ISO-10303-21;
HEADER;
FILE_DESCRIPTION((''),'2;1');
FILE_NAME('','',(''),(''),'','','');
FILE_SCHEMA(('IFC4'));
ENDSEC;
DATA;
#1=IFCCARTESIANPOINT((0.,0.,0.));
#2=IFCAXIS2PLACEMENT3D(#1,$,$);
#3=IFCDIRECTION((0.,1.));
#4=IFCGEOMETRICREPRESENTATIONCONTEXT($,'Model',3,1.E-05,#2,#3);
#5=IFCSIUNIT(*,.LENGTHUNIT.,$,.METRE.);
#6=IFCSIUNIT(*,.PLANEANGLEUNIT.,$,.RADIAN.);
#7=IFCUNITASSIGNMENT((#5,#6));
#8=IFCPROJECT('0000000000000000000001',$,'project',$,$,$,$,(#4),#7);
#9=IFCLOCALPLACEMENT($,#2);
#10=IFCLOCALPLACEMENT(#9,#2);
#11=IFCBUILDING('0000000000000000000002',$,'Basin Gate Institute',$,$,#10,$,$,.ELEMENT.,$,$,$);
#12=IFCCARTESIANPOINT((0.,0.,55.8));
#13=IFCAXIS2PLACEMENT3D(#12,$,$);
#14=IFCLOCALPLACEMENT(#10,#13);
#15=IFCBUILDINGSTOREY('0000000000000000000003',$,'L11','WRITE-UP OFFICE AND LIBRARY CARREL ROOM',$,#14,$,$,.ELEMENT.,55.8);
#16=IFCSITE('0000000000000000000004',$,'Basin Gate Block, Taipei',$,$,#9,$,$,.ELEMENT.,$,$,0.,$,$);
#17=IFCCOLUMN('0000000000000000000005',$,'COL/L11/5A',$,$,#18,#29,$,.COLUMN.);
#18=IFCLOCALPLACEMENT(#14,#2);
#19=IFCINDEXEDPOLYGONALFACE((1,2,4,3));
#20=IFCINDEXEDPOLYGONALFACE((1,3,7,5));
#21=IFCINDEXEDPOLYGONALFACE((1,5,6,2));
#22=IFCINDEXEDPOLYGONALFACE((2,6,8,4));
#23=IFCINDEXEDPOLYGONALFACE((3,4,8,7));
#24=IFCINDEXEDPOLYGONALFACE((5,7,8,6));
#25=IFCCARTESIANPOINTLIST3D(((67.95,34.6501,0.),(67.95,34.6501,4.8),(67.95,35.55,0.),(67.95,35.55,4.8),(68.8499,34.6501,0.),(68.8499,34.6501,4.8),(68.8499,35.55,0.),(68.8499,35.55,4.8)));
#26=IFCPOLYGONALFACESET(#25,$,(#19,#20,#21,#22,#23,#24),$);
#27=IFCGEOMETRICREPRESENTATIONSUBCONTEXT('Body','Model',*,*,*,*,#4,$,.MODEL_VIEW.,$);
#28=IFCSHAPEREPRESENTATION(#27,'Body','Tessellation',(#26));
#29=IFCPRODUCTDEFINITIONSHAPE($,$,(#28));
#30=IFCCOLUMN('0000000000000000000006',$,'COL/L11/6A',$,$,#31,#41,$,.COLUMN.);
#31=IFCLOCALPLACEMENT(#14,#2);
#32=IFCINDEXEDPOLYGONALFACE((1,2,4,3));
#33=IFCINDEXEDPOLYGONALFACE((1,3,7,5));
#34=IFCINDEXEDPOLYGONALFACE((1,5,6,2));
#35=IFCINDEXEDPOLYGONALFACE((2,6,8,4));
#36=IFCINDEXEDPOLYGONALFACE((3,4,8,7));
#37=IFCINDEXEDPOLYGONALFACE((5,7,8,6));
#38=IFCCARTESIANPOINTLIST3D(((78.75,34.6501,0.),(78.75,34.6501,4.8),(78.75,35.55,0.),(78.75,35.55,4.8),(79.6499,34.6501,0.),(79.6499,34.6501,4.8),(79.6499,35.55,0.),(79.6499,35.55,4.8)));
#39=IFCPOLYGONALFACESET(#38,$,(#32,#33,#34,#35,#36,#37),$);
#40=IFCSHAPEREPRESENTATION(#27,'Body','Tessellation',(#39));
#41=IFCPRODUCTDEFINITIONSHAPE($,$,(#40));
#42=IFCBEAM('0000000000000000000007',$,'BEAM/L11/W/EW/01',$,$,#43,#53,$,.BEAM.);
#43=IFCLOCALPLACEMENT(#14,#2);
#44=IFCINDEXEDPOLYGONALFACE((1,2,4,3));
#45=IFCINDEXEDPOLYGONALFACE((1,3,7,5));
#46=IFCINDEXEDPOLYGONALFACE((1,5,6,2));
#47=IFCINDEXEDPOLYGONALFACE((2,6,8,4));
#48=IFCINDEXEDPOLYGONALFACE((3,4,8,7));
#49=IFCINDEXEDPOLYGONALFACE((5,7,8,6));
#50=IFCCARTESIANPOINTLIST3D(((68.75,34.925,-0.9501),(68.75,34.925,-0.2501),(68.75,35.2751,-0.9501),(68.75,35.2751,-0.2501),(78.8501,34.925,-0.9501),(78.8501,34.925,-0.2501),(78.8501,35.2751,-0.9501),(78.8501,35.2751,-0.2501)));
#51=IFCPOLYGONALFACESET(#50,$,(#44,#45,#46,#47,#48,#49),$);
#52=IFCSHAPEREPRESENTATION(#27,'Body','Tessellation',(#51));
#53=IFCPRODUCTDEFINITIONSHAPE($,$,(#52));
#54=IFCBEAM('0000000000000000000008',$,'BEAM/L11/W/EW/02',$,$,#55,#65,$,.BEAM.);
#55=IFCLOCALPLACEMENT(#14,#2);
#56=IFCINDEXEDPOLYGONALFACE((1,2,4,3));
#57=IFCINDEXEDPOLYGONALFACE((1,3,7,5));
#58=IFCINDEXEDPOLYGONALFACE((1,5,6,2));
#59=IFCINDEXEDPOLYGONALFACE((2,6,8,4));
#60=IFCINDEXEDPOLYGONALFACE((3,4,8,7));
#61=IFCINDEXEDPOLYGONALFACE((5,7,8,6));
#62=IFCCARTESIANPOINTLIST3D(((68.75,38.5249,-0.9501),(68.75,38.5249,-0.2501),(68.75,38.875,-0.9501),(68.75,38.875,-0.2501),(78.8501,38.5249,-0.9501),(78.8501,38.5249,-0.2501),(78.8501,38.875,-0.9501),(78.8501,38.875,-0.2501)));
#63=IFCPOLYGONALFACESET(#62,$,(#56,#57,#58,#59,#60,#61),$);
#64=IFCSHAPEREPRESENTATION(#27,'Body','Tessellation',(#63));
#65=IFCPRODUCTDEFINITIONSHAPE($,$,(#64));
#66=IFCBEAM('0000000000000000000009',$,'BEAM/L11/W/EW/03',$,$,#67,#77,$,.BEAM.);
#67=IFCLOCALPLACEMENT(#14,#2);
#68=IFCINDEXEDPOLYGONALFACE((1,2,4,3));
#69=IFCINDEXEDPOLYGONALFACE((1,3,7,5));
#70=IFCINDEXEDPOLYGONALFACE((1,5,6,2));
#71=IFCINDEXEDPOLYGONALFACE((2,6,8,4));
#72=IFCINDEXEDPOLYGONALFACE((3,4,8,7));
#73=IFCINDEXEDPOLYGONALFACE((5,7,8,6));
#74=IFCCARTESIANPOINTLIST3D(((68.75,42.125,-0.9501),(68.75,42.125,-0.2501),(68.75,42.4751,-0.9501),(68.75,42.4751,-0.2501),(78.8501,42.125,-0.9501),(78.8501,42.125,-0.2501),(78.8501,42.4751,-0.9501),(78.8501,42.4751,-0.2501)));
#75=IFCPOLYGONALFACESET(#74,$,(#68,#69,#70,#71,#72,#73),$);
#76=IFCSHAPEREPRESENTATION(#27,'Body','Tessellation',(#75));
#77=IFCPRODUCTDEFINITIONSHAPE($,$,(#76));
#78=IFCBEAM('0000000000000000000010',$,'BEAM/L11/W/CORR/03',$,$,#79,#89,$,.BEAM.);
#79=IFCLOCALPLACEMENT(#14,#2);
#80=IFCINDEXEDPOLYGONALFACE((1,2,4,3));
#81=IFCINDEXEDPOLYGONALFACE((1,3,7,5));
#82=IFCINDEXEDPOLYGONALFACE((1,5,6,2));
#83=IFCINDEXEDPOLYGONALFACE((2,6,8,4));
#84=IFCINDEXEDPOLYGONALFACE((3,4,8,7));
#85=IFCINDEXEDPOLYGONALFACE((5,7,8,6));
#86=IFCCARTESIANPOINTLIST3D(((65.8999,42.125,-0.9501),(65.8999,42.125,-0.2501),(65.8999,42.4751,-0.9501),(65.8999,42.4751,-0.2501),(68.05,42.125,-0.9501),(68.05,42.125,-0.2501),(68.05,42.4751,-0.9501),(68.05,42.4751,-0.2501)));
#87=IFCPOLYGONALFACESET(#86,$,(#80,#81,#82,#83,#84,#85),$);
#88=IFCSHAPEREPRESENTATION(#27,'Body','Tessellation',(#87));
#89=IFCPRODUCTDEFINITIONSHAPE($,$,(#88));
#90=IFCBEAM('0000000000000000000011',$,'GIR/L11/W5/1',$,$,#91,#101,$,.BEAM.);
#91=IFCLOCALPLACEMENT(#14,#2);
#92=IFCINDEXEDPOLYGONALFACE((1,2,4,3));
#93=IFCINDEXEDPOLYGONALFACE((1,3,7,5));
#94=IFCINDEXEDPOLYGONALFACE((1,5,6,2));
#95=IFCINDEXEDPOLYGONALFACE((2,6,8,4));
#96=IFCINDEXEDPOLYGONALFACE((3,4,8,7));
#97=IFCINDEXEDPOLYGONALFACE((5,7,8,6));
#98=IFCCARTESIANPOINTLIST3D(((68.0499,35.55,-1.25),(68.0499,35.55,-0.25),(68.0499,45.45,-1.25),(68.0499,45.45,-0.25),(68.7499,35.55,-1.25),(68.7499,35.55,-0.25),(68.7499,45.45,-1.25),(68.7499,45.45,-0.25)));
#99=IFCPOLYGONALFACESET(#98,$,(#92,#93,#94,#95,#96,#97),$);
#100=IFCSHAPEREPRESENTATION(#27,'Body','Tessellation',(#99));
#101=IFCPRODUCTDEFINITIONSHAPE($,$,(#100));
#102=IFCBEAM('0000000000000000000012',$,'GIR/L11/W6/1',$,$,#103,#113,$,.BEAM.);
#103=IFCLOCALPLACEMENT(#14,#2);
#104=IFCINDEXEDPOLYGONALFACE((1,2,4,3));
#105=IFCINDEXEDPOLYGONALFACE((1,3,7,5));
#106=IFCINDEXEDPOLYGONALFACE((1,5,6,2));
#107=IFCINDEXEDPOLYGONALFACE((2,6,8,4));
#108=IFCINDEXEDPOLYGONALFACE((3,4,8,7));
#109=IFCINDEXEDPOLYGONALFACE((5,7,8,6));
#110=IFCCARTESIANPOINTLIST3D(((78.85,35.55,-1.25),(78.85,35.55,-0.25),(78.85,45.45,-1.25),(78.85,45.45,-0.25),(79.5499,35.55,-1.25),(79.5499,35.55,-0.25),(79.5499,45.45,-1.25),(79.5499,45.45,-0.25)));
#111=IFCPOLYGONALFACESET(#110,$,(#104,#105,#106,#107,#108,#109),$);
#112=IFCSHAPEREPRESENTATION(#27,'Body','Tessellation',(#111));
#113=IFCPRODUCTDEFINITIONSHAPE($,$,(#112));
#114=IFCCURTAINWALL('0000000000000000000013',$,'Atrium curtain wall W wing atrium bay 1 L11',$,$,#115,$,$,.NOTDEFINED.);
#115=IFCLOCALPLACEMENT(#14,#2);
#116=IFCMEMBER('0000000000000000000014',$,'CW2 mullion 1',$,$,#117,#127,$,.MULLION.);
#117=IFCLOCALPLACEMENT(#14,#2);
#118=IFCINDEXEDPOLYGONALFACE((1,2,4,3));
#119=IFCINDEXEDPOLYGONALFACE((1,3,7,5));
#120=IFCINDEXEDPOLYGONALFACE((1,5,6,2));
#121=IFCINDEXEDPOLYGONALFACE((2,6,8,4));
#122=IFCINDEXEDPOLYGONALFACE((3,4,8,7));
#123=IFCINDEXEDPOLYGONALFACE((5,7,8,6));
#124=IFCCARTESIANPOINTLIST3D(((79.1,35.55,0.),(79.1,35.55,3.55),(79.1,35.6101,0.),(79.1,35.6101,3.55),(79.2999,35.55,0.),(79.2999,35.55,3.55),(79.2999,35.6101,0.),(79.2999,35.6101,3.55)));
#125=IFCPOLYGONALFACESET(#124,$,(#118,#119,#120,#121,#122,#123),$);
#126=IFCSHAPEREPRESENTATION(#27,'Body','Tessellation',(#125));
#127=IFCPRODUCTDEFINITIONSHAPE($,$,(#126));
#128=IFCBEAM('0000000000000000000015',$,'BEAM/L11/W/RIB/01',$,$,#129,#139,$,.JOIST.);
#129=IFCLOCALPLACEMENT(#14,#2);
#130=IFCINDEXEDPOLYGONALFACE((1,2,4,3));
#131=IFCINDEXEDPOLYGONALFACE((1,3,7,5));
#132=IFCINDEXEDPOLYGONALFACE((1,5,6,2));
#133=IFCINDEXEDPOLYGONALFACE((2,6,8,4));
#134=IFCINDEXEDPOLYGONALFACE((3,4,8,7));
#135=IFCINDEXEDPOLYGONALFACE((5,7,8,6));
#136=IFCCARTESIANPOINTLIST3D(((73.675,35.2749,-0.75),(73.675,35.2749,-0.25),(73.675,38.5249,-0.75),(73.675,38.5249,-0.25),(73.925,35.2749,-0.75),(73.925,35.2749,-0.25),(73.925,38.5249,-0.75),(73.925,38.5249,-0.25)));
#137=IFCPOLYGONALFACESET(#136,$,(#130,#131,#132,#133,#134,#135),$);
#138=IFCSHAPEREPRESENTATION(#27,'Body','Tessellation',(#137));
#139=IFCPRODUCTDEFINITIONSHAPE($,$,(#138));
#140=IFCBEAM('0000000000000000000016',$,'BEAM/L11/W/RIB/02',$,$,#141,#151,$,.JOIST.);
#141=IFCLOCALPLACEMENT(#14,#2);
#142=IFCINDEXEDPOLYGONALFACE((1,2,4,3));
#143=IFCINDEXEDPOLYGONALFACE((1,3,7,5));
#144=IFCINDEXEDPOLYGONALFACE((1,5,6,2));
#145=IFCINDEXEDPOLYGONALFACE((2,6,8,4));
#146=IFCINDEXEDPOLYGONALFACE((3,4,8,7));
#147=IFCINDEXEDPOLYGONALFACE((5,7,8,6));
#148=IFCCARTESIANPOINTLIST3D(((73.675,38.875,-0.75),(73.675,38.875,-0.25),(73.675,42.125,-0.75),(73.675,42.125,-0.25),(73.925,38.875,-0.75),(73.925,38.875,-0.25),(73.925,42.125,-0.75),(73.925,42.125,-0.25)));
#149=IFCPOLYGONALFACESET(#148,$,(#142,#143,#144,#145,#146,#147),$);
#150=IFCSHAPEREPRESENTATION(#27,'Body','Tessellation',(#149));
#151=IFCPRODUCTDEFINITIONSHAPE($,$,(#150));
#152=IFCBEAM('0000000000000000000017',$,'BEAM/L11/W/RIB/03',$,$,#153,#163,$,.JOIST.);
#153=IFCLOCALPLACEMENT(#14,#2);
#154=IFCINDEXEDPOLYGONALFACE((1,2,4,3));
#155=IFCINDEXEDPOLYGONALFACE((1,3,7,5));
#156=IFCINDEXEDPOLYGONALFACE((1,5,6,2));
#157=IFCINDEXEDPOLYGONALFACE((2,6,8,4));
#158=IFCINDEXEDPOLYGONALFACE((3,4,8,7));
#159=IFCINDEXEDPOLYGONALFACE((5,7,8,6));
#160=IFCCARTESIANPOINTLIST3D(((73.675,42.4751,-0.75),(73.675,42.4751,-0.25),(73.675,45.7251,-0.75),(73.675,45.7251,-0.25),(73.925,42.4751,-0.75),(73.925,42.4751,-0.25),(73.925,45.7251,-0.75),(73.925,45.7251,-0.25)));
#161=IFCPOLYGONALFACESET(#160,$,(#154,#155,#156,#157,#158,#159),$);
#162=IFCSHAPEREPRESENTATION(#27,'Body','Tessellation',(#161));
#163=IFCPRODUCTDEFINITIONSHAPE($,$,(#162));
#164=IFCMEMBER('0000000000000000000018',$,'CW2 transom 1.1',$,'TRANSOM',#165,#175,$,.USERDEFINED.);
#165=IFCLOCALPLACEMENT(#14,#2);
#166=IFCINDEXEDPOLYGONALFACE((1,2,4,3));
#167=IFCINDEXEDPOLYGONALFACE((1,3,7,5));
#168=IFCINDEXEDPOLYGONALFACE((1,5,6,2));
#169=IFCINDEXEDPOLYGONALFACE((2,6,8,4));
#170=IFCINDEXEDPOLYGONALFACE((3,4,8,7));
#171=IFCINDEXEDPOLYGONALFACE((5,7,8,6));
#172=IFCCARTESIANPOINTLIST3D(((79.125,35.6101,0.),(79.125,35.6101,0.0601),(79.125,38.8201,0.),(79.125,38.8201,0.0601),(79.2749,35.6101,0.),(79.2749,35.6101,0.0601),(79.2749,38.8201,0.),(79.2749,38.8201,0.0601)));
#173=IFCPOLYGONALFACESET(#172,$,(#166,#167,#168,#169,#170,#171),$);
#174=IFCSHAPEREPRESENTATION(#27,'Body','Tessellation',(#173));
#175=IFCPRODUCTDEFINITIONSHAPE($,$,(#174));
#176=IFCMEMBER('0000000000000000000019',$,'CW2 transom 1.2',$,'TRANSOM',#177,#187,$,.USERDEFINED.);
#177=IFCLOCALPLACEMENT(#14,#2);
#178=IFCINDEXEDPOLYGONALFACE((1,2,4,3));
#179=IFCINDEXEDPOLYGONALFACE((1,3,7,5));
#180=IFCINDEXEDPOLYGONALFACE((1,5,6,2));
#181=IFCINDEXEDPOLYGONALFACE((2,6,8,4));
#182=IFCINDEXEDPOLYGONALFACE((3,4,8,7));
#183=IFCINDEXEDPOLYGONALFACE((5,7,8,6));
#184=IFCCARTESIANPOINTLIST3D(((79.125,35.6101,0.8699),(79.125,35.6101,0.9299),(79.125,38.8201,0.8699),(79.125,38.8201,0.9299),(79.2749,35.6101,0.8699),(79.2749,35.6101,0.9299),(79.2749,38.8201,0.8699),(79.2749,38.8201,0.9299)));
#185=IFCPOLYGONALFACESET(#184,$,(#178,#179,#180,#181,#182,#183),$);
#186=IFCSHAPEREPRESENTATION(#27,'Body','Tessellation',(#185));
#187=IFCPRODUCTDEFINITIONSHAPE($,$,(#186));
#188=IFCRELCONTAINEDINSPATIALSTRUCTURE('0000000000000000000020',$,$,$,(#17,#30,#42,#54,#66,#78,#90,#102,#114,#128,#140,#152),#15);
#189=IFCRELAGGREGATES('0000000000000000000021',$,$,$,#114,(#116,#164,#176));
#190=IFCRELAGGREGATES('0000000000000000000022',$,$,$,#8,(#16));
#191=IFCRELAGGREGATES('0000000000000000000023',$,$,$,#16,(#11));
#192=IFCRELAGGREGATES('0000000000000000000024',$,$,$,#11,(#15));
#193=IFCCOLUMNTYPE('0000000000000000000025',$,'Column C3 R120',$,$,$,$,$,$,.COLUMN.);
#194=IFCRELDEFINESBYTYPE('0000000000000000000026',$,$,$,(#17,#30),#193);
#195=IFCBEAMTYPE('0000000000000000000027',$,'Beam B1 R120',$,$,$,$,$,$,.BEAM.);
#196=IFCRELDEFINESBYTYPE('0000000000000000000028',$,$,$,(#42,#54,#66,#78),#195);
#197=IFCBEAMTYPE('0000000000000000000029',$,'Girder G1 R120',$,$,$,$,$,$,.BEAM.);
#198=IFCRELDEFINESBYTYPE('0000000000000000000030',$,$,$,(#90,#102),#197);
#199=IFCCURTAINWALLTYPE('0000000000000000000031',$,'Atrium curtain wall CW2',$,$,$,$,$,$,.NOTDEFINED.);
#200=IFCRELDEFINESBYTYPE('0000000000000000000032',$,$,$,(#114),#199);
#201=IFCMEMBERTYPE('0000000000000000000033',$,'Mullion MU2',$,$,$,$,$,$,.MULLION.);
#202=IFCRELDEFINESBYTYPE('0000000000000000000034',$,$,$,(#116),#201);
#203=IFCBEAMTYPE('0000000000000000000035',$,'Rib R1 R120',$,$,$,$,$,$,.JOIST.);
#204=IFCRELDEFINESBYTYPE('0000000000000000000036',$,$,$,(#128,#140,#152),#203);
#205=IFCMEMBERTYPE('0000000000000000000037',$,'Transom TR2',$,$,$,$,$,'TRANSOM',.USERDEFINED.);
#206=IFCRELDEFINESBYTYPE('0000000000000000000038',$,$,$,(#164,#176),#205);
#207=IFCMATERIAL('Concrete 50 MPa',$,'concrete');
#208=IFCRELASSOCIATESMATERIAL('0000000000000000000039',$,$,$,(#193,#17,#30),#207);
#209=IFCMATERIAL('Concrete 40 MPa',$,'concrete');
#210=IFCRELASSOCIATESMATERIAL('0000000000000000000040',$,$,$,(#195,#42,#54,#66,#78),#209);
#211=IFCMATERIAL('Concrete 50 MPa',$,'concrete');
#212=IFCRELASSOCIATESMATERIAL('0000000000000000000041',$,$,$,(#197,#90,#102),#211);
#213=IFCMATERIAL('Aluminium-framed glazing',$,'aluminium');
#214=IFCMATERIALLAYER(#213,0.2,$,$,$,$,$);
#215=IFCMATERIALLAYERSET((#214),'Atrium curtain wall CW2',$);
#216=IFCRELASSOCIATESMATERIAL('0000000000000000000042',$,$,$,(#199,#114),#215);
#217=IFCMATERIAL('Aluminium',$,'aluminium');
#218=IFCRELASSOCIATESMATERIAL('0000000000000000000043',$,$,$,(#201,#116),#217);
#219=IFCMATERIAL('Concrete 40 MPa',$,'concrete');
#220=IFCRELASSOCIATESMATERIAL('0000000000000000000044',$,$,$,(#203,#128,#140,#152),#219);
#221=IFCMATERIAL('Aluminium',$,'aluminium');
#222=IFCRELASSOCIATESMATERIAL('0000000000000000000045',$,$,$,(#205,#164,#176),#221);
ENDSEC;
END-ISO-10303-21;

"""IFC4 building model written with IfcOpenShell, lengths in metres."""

from ifc_helpers import new_model, si_unit, direction, frame, origin, origin_2d, place, context, subcontext, project, spatial, rectangle, extrude, material, layer, layer_set, material_profile, profile_set, type_object, element, aggregate, save


model = new_model("IFC4")

# Units and contexts
model_context = context("Model", 3, precision=1e-05, world=origin(), true_north=direction((0.0, 1.0)))
body_context = subcontext(model_context, "Body", "Model", "MODEL_VIEW")
ifc_project = project(units=[si_unit("LENGTHUNIT", "METRE"), si_unit("PLANEANGLEUNIT", "RADIAN")], contexts=[model_context])

# Site, building, storey
site_placement = place(None, origin())
site = spatial("IfcSite", under=ifc_project, at=site_placement, Name="Basin Gate Block, Taipei", CompositionType="ELEMENT", RefElevation=0.0)
building_placement = place(site_placement, origin())
building = spatial("IfcBuilding", under=site, at=building_placement, Name="Basin Gate Institute", CompositionType="ELEMENT")
storey_placement = place(building_placement, frame((0.0, 0.0, 55.8)))
storey = spatial("IfcBuildingStorey", under=building, at=storey_placement, Name="L11", Description="WRITE-UP OFFICE AND LIBRARY CARREL ROOM", CompositionType="ELEMENT", Elevation=55.8)

# Columns
ifc_material_1 = material(Name="Concrete 50 MPa", Category="concrete")
ifc_material_profile_1 = material_profile(ifc_material_1, rectangle(XDim=0.8999, YDim=0.8999, at=origin_2d()), Name="Column C3 900 x 900")
ifc_profile_set_1 = profile_set([ifc_material_profile_1], Name="Concrete 50 MPa")
column_type = type_object("IfcColumnType", Name="Column C3 R120", PredefinedType="COLUMN", material=ifc_profile_set_1)
for number, where, z_axis, x_axis, name in (
    (1, (68.3999, 35.1001, 0.0), (0.0, 0.0, 1.0), (1.0, 0.0, 0.0), "COL/L11/5A"),
    (2, (79.2, 35.1001, 0.0), (0.0, 0.0, 1.0), (1.0, 0.0, 0.0), "COL/L11/6A"),
):
    element("IfcColumn", number, at=place(storey_placement, frame(where, z_axis=z_axis, x_axis=x_axis)), inside=storey, type_object=column_type, material=ifc_profile_set_1, Name=name, PredefinedType="COLUMN", context=body_context, shape_type="SweptSolid", body=[
        extrude(rectangle(XDim=0.8999, YDim=0.8999, at=origin_2d()), origin(), (0.0, 0.0, 1.0), 4.8),
    ])

# Beams
ifc_material_2 = material(Name="Concrete 40 MPa", Category="concrete")
ifc_material_profile_2 = material_profile(ifc_material_2, rectangle(XDim=0.3501, YDim=0.7, at=origin_2d()), Name="Beam B1 350 x 700")
ifc_profile_set_2 = profile_set([ifc_material_profile_2], Name="Concrete 40 MPa")
beam_type_1 = type_object("IfcBeamType", Name="Beam B1 R120", PredefinedType="BEAM", material=ifc_profile_set_2)
for number, where, z_axis, x_axis, name in (
    (3, (68.75, 35.1001, -0.6001), (1.0, 0.0, 0.0), (0.0, 1.0, 0.0), "BEAM/L11/W/EW/01"),
    (4, (68.75, 38.7, -0.6001), (1.0, 0.0, 0.0), (0.0, 1.0, 0.0), "BEAM/L11/W/EW/02"),
    (5, (68.75, 42.3, -0.6001), (1.0, 0.0, 0.0), (0.0, 1.0, 0.0), "BEAM/L11/W/EW/03"),
):
    element("IfcBeam", number, at=place(storey_placement, frame(where, z_axis=z_axis, x_axis=x_axis)), inside=storey, type_object=beam_type_1, material=ifc_profile_set_2, Name=name, PredefinedType="BEAM", context=body_context, shape_type="SweptSolid", body=[
        extrude(rectangle(XDim=0.3501, YDim=0.7, at=origin_2d()), origin(), (0.0, 0.0, 1.0), 10.1001),
    ])
beam_placement = place(storey_placement, frame((65.8999, 42.3, -0.6001), z_axis=(1.0, 0.0, 0.0), x_axis=(0.0, 1.0, 0.0)))
element("IfcBeam", 6, at=beam_placement, inside=storey, type_object=beam_type_1, material=ifc_profile_set_2, Name="BEAM/L11/W/CORR/03", PredefinedType="BEAM", context=body_context, shape_type="SweptSolid", body=[
    extrude(rectangle(XDim=0.3501, YDim=0.7, at=origin_2d()), origin(), (0.0, 0.0, 1.0), 2.1501),
])
ifc_material_3 = material(Name="Concrete 50 MPa", Category="concrete")
ifc_material_profile_3 = material_profile(ifc_material_3, rectangle(XDim=0.7, YDim=1.0, at=origin_2d()), Name="Girder G1 700 x 1000")
ifc_profile_set_3 = profile_set([ifc_material_profile_3], Name="Concrete 50 MPa")
beam_type_2 = type_object("IfcBeamType", Name="Girder G1 R120", PredefinedType="BEAM", material=ifc_profile_set_3)
for number, where, z_axis, x_axis, name in (
    (7, (68.3999, 35.55, -0.75), (0.0, 1.0, 0.0), (-1.0, 0.0, 0.0), "GIR/L11/W5/1"),
    (8, (79.2, 35.55, -0.75), (0.0, 1.0, 0.0), (-1.0, 0.0, 0.0), "GIR/L11/W6/1"),
):
    element("IfcBeam", number, at=place(storey_placement, frame(where, z_axis=z_axis, x_axis=x_axis)), inside=storey, type_object=beam_type_2, material=ifc_profile_set_3, Name=name, PredefinedType="BEAM", context=body_context, shape_type="SweptSolid", body=[
        extrude(rectangle(XDim=0.7, YDim=1.0, at=origin_2d()), origin(), (0.0, 0.0, 1.0), 9.8999),
    ])

# Curtain wall, member
ifc_material_4 = material(Name="Aluminium-framed glazing", Category="aluminium")
ifc_layer_1 = layer(ifc_material_4, 0.2)
ifc_layer_set_1 = layer_set([ifc_layer_1], Name="Atrium curtain wall CW2")
curtain_wall_type = type_object("IfcCurtainWallType", Name="Atrium curtain wall CW2", PredefinedType="NOTDEFINED", material=ifc_layer_set_1)
curtain_wall_placement = place(storey_placement, origin())
curtain_wall = element("IfcCurtainWall", 9, at=curtain_wall_placement, inside=storey, type_object=curtain_wall_type, material=ifc_layer_set_1, Name="Atrium curtain wall W wing atrium bay 1 L11", PredefinedType="NOTDEFINED")
ifc_material_5 = material(Name="Aluminium", Category="aluminium")
ifc_material_profile_4 = material_profile(ifc_material_5, rectangle(XDim=0.2, YDim=0.0601, at=origin_2d()), Name="Mullion MU2 200 x 60")
ifc_profile_set_4 = profile_set([ifc_material_profile_4], Name="Aluminium")
member_type_1 = type_object("IfcMemberType", Name="Mullion MU2", PredefinedType="MULLION", material=ifc_profile_set_4)
member_1_placement = place(storey_placement, frame((79.2, 35.5801, 0.0), z_axis=(0.0, 0.0, 1.0), x_axis=(-1.0, 0.0, 0.0)))
member_1 = element("IfcMember", 10, at=member_1_placement, type_object=member_type_1, material=ifc_profile_set_4, Name="CW2 mullion 1", PredefinedType="MULLION", context=body_context, shape_type="SweptSolid", body=[
    extrude(rectangle(XDim=0.2, YDim=0.0601, at=origin_2d()), origin(), (0.0, 0.0, 1.0), 3.55),
])

# Beams
ifc_material_6 = material(Name="Concrete 40 MPa", Category="concrete")
ifc_material_profile_5 = material_profile(ifc_material_6, rectangle(XDim=0.25, YDim=0.5, at=origin_2d()), Name="Rib R1 250 x 500")
ifc_profile_set_5 = profile_set([ifc_material_profile_5], Name="Concrete 40 MPa")
beam_type_3 = type_object("IfcBeamType", Name="Rib R1 R120", PredefinedType="JOIST", material=ifc_profile_set_5)
for number, where, z_axis, x_axis, name in (
    (11, (73.8, 35.2749, -0.5), (0.0, 1.0, 0.0), (-1.0, 0.0, 0.0), "BEAM/L11/W/RIB/01"),
    (12, (73.8, 38.875, -0.5), (0.0, 1.0, 0.0), (-1.0, 0.0, 0.0), "BEAM/L11/W/RIB/02"),
    (13, (73.8, 42.4751, -0.5), (0.0, 1.0, 0.0), (-1.0, 0.0, 0.0), "BEAM/L11/W/RIB/03"),
):
    element("IfcBeam", number, at=place(storey_placement, frame(where, z_axis=z_axis, x_axis=x_axis)), inside=storey, type_object=beam_type_3, material=ifc_profile_set_5, Name=name, PredefinedType="JOIST", context=body_context, shape_type="SweptSolid", body=[
        extrude(rectangle(XDim=0.25, YDim=0.5, at=origin_2d()), origin(), (0.0, 0.0, 1.0), 3.25),
    ])

# Members
ifc_material_7 = material(Name="Aluminium", Category="aluminium")
ifc_material_profile_6 = material_profile(ifc_material_7, rectangle(XDim=0.1499, YDim=0.0601, at=origin_2d()), Name="Transom TR2 150 x 60")
ifc_profile_set_6 = profile_set([ifc_material_profile_6], Name="Aluminium")
member_type_2 = type_object("IfcMemberType", Name="Transom TR2", ElementType="TRANSOM", PredefinedType="USERDEFINED", material=ifc_profile_set_6)
member_2_placement = place(storey_placement, frame((79.2, 35.6101, 0.03), z_axis=(0.0, 1.0, 0.0), x_axis=(-1.0, 0.0, 0.0)))
member_2 = element("IfcMember", 14, at=member_2_placement, type_object=member_type_2, material=ifc_profile_set_6, Name="CW2 transom 1.1", ObjectType="TRANSOM", PredefinedType="USERDEFINED", context=body_context, shape_type="SweptSolid", body=[
    extrude(rectangle(XDim=0.1499, YDim=0.0601, at=origin_2d()), origin(), (0.0, 0.0, 1.0), 3.21),
])
member_3_placement = place(storey_placement, frame((79.2, 35.6101, 0.8999), z_axis=(0.0, 1.0, 0.0), x_axis=(-1.0, 0.0, 0.0)))
member_3 = element("IfcMember", 15, at=member_3_placement, type_object=member_type_2, material=ifc_profile_set_6, Name="CW2 transom 1.2", ObjectType="TRANSOM", PredefinedType="USERDEFINED", context=body_context, shape_type="SweptSolid", body=[
    extrude(rectangle(XDim=0.1499, YDim=0.0601, at=origin_2d()), origin(), (0.0, 0.0, 1.0), 3.21),
])
aggregate(curtain_wall, [member_1, member_2, member_3])

save(model, "model.ifc")
